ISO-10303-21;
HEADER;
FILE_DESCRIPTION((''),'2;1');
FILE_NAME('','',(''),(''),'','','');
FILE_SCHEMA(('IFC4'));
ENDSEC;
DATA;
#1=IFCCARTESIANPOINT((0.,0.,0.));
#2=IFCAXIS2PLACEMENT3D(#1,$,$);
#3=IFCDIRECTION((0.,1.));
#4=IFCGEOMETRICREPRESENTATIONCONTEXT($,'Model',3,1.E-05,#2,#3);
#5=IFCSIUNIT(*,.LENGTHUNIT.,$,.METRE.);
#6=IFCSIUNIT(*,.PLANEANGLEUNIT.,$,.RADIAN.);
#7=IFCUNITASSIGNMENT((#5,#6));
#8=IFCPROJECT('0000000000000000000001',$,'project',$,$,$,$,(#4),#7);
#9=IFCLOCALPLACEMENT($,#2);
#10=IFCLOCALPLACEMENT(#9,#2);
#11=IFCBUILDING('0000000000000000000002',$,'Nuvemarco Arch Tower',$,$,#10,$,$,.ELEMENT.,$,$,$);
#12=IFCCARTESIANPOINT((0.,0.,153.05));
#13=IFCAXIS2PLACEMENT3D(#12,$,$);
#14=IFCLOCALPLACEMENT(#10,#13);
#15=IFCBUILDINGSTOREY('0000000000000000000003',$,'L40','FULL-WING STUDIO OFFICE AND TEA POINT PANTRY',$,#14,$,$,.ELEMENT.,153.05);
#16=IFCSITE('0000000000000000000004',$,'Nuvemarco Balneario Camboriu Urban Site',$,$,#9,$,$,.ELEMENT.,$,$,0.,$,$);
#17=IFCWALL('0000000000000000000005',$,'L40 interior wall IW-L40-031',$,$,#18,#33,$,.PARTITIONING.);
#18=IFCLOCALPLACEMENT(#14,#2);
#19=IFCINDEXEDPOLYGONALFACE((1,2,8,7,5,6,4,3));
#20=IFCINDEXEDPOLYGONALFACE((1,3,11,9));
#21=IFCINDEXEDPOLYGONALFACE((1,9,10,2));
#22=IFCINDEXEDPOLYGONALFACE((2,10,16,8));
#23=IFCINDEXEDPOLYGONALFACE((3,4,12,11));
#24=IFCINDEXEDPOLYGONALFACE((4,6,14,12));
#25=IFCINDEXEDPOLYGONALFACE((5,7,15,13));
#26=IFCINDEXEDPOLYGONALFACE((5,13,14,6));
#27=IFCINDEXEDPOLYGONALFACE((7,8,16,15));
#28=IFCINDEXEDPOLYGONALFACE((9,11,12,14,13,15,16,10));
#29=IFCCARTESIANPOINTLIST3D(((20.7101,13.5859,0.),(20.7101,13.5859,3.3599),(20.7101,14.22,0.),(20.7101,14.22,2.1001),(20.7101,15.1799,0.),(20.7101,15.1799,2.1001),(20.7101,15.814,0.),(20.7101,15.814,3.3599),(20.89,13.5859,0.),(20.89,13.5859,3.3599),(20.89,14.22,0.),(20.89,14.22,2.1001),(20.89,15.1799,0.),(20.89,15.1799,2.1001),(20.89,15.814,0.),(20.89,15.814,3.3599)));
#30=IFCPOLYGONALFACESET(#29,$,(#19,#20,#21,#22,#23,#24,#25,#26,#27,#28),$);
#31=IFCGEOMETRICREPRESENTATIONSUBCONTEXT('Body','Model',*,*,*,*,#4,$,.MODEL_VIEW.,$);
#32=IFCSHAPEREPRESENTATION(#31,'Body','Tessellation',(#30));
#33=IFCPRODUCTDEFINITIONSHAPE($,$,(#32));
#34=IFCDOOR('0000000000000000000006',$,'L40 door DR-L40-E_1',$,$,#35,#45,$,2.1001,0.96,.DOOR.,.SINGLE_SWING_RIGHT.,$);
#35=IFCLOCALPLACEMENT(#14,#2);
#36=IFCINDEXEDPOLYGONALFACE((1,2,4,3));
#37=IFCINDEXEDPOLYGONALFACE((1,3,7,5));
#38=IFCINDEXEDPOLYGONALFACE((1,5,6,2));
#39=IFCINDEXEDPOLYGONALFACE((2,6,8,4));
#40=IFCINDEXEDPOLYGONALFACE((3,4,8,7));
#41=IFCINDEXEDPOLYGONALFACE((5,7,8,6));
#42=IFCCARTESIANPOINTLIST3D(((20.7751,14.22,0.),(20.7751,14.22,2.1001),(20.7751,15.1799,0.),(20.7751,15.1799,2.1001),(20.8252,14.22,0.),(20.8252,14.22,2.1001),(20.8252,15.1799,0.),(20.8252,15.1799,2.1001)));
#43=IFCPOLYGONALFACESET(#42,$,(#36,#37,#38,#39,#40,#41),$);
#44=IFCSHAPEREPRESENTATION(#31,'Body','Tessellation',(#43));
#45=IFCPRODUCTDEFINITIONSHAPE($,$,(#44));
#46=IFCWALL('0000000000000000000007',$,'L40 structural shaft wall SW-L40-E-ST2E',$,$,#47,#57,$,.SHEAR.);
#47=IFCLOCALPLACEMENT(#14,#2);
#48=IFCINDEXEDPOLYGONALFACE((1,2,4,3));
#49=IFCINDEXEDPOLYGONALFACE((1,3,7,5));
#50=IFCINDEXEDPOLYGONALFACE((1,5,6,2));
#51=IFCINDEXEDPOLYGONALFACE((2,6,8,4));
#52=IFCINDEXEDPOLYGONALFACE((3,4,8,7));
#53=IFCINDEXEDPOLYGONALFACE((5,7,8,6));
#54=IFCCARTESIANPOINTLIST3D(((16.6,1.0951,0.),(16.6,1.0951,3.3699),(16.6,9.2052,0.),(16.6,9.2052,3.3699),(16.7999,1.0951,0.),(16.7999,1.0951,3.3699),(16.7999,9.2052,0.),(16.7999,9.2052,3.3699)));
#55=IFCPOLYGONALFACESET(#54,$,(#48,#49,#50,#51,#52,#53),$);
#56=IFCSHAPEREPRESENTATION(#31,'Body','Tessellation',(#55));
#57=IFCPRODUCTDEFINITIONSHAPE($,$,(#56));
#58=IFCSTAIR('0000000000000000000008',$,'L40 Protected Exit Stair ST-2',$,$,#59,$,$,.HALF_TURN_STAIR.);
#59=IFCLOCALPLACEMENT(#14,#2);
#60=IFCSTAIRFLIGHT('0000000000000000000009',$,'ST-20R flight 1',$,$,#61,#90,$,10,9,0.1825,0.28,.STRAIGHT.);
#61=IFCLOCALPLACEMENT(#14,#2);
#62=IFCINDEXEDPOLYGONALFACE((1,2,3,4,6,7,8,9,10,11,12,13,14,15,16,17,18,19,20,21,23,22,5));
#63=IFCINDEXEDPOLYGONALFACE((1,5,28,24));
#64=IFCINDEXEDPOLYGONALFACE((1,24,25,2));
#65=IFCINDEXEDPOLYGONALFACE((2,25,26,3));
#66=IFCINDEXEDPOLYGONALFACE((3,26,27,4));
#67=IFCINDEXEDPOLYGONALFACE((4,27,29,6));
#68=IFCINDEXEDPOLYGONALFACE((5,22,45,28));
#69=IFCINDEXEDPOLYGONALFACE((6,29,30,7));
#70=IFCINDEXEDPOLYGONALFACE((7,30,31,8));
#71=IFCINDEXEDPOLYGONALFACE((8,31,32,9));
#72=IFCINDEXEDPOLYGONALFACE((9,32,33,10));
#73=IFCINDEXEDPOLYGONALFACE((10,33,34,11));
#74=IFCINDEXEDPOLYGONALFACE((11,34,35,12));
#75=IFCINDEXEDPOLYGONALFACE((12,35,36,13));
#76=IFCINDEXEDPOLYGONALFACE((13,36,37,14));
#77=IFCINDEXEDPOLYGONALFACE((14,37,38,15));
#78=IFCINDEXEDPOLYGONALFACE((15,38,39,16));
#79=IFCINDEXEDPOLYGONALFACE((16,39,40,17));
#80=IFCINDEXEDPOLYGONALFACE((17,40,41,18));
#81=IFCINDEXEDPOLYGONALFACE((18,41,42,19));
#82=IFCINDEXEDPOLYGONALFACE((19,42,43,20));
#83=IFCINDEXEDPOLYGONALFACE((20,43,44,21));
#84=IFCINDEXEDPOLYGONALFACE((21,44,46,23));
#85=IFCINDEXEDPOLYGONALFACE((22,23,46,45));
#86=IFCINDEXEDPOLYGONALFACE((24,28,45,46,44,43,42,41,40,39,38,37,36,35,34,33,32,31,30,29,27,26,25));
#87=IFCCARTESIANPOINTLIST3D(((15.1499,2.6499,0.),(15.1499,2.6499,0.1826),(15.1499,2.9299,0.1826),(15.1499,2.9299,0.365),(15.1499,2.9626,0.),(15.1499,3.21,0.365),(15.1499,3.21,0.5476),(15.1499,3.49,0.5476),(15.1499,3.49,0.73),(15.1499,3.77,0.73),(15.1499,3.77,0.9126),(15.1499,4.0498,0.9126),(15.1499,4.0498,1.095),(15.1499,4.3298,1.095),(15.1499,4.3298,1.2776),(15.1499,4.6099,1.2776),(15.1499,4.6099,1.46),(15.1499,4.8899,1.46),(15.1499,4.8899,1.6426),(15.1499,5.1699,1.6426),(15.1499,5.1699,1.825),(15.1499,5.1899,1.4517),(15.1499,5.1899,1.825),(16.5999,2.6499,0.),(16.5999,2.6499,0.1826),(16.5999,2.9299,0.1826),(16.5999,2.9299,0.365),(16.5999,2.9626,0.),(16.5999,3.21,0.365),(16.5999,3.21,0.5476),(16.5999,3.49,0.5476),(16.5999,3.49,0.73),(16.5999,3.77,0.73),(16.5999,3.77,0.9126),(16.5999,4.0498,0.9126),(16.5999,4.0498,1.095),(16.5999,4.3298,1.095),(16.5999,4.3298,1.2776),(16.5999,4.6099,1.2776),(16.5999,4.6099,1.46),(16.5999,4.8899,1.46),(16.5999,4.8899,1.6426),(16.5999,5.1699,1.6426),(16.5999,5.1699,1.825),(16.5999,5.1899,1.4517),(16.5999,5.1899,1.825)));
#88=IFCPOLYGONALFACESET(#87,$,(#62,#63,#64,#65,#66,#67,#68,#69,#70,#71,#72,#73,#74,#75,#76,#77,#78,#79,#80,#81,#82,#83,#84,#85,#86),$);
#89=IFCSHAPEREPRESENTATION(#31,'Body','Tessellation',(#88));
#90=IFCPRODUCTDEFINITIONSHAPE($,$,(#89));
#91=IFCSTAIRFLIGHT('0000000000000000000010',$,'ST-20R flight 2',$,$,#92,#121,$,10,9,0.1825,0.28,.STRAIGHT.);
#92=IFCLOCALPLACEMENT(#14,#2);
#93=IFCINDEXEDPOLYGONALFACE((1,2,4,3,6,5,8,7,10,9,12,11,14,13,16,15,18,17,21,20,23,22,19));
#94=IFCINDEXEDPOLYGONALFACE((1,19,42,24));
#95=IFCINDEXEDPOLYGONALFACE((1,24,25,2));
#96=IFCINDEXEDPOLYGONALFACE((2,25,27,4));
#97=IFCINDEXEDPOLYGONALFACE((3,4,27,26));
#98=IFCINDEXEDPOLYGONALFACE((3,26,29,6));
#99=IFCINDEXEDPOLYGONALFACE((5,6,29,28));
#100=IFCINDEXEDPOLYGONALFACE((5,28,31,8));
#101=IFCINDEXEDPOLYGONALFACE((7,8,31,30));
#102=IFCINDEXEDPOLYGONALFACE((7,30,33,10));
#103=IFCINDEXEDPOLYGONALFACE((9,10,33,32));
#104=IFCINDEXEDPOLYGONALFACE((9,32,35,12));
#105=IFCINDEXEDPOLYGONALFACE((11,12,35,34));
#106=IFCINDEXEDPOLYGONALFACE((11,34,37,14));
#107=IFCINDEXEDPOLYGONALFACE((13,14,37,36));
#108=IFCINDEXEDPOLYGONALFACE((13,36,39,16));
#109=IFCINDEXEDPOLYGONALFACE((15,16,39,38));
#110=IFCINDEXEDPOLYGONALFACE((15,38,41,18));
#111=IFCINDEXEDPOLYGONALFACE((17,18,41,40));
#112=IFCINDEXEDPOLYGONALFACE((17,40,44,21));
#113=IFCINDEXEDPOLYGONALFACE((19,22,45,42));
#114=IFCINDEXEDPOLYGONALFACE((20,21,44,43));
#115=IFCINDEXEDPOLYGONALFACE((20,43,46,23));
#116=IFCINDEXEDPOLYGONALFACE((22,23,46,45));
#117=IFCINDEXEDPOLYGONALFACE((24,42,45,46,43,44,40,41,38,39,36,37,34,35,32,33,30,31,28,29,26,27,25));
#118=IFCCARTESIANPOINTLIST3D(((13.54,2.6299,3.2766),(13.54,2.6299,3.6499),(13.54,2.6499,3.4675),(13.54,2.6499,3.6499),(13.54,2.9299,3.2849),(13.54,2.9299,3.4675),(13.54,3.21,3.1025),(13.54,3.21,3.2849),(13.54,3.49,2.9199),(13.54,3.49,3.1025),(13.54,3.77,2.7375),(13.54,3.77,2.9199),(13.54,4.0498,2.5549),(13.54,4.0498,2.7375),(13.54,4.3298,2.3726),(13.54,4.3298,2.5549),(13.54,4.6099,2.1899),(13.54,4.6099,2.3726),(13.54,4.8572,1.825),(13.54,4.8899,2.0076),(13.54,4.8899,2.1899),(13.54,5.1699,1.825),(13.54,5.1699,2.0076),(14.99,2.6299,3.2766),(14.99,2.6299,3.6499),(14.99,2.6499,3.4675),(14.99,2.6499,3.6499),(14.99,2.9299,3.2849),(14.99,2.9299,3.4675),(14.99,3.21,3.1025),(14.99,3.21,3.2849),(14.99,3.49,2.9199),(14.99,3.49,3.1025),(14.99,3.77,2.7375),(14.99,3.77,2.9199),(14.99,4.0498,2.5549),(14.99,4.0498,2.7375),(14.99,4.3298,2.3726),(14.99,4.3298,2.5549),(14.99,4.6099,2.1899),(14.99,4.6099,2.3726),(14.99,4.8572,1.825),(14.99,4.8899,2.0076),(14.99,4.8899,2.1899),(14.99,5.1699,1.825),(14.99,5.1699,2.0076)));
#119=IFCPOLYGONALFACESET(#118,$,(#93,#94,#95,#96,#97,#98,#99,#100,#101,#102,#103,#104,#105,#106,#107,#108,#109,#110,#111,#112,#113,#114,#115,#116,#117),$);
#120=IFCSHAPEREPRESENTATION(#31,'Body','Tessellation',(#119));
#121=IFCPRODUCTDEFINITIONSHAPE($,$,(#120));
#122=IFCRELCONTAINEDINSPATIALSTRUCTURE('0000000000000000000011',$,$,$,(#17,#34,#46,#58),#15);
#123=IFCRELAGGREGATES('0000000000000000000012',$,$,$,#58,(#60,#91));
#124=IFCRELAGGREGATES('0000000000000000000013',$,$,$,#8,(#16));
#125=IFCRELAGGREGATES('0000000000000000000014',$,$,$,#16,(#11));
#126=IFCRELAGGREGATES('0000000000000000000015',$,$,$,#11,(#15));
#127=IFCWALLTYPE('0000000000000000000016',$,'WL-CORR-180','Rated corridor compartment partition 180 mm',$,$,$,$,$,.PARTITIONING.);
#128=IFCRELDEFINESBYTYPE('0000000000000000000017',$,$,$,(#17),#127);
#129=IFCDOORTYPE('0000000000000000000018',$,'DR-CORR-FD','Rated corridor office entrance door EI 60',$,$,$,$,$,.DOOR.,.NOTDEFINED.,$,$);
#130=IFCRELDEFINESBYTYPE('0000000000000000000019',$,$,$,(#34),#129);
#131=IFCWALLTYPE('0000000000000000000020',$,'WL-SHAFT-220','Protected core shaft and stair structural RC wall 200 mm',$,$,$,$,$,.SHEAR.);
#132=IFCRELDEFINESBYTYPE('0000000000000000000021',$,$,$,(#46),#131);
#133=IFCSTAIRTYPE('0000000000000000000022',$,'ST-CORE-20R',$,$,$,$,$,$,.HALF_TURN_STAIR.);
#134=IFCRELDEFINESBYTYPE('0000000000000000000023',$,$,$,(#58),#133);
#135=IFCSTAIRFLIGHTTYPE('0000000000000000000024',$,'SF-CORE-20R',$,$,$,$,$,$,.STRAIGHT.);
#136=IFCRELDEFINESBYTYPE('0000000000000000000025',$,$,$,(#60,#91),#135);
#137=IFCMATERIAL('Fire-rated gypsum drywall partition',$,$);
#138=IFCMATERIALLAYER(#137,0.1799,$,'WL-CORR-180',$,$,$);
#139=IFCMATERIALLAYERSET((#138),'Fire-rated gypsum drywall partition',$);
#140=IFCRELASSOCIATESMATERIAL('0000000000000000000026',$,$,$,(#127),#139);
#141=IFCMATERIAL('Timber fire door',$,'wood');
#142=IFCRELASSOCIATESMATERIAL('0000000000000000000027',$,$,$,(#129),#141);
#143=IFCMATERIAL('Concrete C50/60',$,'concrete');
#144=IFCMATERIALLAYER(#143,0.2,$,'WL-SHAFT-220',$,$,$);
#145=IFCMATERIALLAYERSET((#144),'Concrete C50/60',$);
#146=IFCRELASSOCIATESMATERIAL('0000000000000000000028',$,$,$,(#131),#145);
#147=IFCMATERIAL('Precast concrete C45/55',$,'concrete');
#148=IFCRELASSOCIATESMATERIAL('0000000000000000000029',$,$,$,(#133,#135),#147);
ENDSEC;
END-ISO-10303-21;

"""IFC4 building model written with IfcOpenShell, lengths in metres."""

from ifc_helpers import new_model, si_unit, direction, frame, frame_2d, origin, place, context, subcontext, project, spatial, polyline, rectangle, outline, extrude, source, transform, mapped, material, layer, layer_set, type_object, type_shapes, element, fill, aggregate, save


model = new_model("IFC4")

# Units and contexts
model_context = context("Model", 3, precision=1e-05, world=origin(), true_north=direction((0.0, 1.0)))
body_context = subcontext(model_context, "Body", "Model", "MODEL_VIEW")
ifc_project = project(units=[si_unit("LENGTHUNIT", "METRE"), si_unit("PLANEANGLEUNIT", "RADIAN")], contexts=[model_context])

# Site, building, storey
site_placement = place(None, origin())
site = spatial("IfcSite", under=ifc_project, at=site_placement, Name="Nuvemarco Balneario Camboriu Urban Site", CompositionType="ELEMENT", RefElevation=0.0)
building_placement = place(site_placement, origin())
building = spatial("IfcBuilding", under=site, at=building_placement, Name="Nuvemarco Arch Tower", CompositionType="ELEMENT")
storey_placement = place(building_placement, frame((0.0, 0.0, 153.05)))
storey = spatial("IfcBuildingStorey", under=building, at=storey_placement, Name="L40", Description="FULL-WING STUDIO OFFICE AND TEA POINT PANTRY", CompositionType="ELEMENT", Elevation=153.05)

# Shared definitions
ifc_material_1 = material(Name="Concrete C50/60", Category="concrete")

# Shared definitions
ifc_material_2 = material(Name="Precast concrete C45/55", Category="concrete")

# Shared definitions
ifc_material_3 = material(Name="Fire-rated gypsum drywall partition")
ifc_layer_1 = layer(ifc_material_3, 0.1799, Name="WL-CORR-180")
ifc_layer_set_1 = layer_set([ifc_layer_1], Name="Fire-rated gypsum drywall partition")
wall_type_1 = type_object("IfcWallType", Name="WL-CORR-180", Description="Rated corridor compartment partition 180 mm", PredefinedType="PARTITIONING", material=ifc_layer_set_1)

# Wall, opening, door
wall_1_placement = place(storey_placement, frame((20.8, 13.5859, 0.0), z_axis=(0.0, 0.0, 1.0), x_axis=(0.0, 1.0, 0.0)))
wall_1 = element("IfcWall", 1, at=wall_1_placement, inside=storey, type_object=wall_type_1, Name="L40 interior wall IW-L40-031", PredefinedType="PARTITIONING", context=body_context, shape_type="SweptSolid", body=[
    extrude(rectangle(XDim=2.228, YDim=0.1799, at=frame_2d((1.114, 0.0))), origin(), (0.0, 0.0, 1.0), 3.3599),
])
opening_placement = place(wall_1_placement, frame((0.634, 0.0, 0.0)))
opening = element("IfcOpeningElement", 2, at=opening_placement, cuts=wall_1, PredefinedType="OPENING", context=body_context, shape_type="SweptSolid", body=[
    extrude(rectangle(XDim=0.96, YDim=2.1001, at=frame_2d((0.48, 1.05))), frame((0.0, 0.0999, 0.0), z_axis=(0.0, -1.0, 0.0), x_axis=(1.0, 0.0, 0.0)), (0.0, 0.0, 1.0), 0.2),
])
ifc_material_4 = material(Name="Timber fire door", Category="wood")
door_type = type_object("IfcDoorType", Name="DR-CORR-FD", Description="Rated corridor office entrance door EI 60", OperationType="NOTDEFINED", PredefinedType="DOOR", material=ifc_material_4)
shared_shape_1 = source(origin(), body_context, "Body", "SweptSolid", [
    extrude(rectangle(XDim=0.96, YDim=2.1001, at=frame_2d((0.48, 1.05))), frame((0.0, 0.0249, 0.0), z_axis=(0.0, -1.0, 0.0), x_axis=(1.0, 0.0, 0.0)), (0.0, 0.0, 1.0), 0.05),
])
type_shapes(door_type, [shared_shape_1])
door_placement = place(opening_placement, origin())
door = element("IfcDoor", 3, at=door_placement, inside=storey, type_object=door_type, Name="L40 door DR-L40-E_1", OperationType="SINGLE_SWING_RIGHT", OverallHeight=2.1001, OverallWidth=0.96, PredefinedType="DOOR", context=body_context, shape_type="MappedRepresentation", body=[
    mapped(shared_shape_1, transform((0.0, 0.0, 0.0), scale=1.0)),
])
fill(opening, door)

# Wall
ifc_layer_2 = layer(ifc_material_1, 0.2, Name="WL-SHAFT-220")
ifc_layer_set_2 = layer_set([ifc_layer_2], Name="Concrete C50/60")
wall_type_2 = type_object("IfcWallType", Name="WL-SHAFT-220", Description="Protected core shaft and stair structural RC wall 200 mm", PredefinedType="SHEAR", material=ifc_layer_set_2)
wall_2_placement = place(storey_placement, frame((16.7, 1.095, 0.0), z_axis=(0.0, 0.0, 1.0), x_axis=(0.0, 1.0, 0.0)))
element("IfcWall", 4, at=wall_2_placement, inside=storey, type_object=wall_type_2, Name="L40 structural shaft wall SW-L40-E-ST2E", PredefinedType="SHEAR", context=body_context, shape_type="SweptSolid", body=[
    extrude(rectangle(XDim=8.1101, YDim=0.2, at=frame_2d((4.0552, 0.0))), origin(), (0.0, 0.0, 1.0), 3.3699),
])

# Stair, stair flights
stair_type = type_object("IfcStairType", Name="ST-CORE-20R", PredefinedType="HALF_TURN_STAIR", material=ifc_material_2)
stair_placement = place(storey_placement, origin())
stair = element("IfcStair", 5, at=stair_placement, inside=storey, type_object=stair_type, Name="L40 Protected Exit Stair ST-2", PredefinedType="HALF_TURN_STAIR")
stair_flight_type = type_object("IfcStairFlightType", Name="SF-CORE-20R", PredefinedType="STRAIGHT", material=ifc_material_2)
stair_flight_1_placement = place(storey_placement, frame((15.875, 2.6499, 0.0), z_axis=(0.0, 0.0, 1.0), x_axis=(0.0, 1.0, 0.0)))
stair_flight_1 = element("IfcStairFlight", 6, at=stair_flight_1_placement, type_object=stair_flight_type, Name="ST-20R flight 1", NumberOfRisers=10, NumberOfTreads=9, PredefinedType="STRAIGHT", RiserHeight=0.1825, TreadLength=0.28, context=body_context, shape_type="SweptSolid", body=[
    extrude(outline(polyline([(0.0, 0.0), (0.0, 0.1826), (0.28, 0.1826), (0.28, 0.365), (0.5601, 0.365), (0.5601, 0.5476), (0.8401, 0.5476), (0.8401, 0.73), (1.1201, 0.73), (1.1201, 0.9126), (1.3999, 0.9126), (1.3999, 1.095), (1.6799, 1.095), (1.6799, 1.2776), (1.96, 1.2776), (1.96, 1.46), (2.24, 1.46), (2.24, 1.6426), (2.52, 1.6426), (2.52, 1.825), (2.54, 1.825), (2.54, 1.4517), (0.3127, 0.0), (0.0, 0.0)])), frame((0.0, 0.7251, 0.0), z_axis=(0.0, -1.0, 0.0), x_axis=(1.0, 0.0, 0.0)), (0.0, 0.0, 1.0), 1.45),
])
stair_flight_2_placement = place(storey_placement, frame((14.2649, 5.1699, 1.825), z_axis=(0.0, 0.0, 1.0), x_axis=(0.0, -1.0, 0.0)))
stair_flight_2 = element("IfcStairFlight", 7, at=stair_flight_2_placement, type_object=stair_flight_type, Name="ST-20R flight 2", NumberOfRisers=10, NumberOfTreads=9, PredefinedType="STRAIGHT", RiserHeight=0.1825, TreadLength=0.28, context=body_context, shape_type="SweptSolid", body=[
    extrude(outline(polyline([(0.0, 0.0), (0.0, 0.1826), (0.28, 0.1826), (0.28, 0.365), (0.5601, 0.365), (0.5601, 0.5476), (0.8401, 0.5476), (0.8401, 0.73), (1.1201, 0.73), (1.1201, 0.9126), (1.3999, 0.9126), (1.3999, 1.095), (1.6799, 1.095), (1.6799, 1.2776), (1.96, 1.2776), (1.96, 1.46), (2.24, 1.46), (2.24, 1.6426), (2.52, 1.6426), (2.52, 1.825), (2.54, 1.825), (2.54, 1.4517), (0.3127, 0.0), (0.0, 0.0)])), frame((0.0, 0.7251, 0.0), z_axis=(0.0, -1.0, 0.0), x_axis=(1.0, 0.0, 0.0)), (0.0, 0.0, 1.0), 1.45),
])
aggregate(stair, [stair_flight_1, stair_flight_2])

save(model, "model.ifc")
